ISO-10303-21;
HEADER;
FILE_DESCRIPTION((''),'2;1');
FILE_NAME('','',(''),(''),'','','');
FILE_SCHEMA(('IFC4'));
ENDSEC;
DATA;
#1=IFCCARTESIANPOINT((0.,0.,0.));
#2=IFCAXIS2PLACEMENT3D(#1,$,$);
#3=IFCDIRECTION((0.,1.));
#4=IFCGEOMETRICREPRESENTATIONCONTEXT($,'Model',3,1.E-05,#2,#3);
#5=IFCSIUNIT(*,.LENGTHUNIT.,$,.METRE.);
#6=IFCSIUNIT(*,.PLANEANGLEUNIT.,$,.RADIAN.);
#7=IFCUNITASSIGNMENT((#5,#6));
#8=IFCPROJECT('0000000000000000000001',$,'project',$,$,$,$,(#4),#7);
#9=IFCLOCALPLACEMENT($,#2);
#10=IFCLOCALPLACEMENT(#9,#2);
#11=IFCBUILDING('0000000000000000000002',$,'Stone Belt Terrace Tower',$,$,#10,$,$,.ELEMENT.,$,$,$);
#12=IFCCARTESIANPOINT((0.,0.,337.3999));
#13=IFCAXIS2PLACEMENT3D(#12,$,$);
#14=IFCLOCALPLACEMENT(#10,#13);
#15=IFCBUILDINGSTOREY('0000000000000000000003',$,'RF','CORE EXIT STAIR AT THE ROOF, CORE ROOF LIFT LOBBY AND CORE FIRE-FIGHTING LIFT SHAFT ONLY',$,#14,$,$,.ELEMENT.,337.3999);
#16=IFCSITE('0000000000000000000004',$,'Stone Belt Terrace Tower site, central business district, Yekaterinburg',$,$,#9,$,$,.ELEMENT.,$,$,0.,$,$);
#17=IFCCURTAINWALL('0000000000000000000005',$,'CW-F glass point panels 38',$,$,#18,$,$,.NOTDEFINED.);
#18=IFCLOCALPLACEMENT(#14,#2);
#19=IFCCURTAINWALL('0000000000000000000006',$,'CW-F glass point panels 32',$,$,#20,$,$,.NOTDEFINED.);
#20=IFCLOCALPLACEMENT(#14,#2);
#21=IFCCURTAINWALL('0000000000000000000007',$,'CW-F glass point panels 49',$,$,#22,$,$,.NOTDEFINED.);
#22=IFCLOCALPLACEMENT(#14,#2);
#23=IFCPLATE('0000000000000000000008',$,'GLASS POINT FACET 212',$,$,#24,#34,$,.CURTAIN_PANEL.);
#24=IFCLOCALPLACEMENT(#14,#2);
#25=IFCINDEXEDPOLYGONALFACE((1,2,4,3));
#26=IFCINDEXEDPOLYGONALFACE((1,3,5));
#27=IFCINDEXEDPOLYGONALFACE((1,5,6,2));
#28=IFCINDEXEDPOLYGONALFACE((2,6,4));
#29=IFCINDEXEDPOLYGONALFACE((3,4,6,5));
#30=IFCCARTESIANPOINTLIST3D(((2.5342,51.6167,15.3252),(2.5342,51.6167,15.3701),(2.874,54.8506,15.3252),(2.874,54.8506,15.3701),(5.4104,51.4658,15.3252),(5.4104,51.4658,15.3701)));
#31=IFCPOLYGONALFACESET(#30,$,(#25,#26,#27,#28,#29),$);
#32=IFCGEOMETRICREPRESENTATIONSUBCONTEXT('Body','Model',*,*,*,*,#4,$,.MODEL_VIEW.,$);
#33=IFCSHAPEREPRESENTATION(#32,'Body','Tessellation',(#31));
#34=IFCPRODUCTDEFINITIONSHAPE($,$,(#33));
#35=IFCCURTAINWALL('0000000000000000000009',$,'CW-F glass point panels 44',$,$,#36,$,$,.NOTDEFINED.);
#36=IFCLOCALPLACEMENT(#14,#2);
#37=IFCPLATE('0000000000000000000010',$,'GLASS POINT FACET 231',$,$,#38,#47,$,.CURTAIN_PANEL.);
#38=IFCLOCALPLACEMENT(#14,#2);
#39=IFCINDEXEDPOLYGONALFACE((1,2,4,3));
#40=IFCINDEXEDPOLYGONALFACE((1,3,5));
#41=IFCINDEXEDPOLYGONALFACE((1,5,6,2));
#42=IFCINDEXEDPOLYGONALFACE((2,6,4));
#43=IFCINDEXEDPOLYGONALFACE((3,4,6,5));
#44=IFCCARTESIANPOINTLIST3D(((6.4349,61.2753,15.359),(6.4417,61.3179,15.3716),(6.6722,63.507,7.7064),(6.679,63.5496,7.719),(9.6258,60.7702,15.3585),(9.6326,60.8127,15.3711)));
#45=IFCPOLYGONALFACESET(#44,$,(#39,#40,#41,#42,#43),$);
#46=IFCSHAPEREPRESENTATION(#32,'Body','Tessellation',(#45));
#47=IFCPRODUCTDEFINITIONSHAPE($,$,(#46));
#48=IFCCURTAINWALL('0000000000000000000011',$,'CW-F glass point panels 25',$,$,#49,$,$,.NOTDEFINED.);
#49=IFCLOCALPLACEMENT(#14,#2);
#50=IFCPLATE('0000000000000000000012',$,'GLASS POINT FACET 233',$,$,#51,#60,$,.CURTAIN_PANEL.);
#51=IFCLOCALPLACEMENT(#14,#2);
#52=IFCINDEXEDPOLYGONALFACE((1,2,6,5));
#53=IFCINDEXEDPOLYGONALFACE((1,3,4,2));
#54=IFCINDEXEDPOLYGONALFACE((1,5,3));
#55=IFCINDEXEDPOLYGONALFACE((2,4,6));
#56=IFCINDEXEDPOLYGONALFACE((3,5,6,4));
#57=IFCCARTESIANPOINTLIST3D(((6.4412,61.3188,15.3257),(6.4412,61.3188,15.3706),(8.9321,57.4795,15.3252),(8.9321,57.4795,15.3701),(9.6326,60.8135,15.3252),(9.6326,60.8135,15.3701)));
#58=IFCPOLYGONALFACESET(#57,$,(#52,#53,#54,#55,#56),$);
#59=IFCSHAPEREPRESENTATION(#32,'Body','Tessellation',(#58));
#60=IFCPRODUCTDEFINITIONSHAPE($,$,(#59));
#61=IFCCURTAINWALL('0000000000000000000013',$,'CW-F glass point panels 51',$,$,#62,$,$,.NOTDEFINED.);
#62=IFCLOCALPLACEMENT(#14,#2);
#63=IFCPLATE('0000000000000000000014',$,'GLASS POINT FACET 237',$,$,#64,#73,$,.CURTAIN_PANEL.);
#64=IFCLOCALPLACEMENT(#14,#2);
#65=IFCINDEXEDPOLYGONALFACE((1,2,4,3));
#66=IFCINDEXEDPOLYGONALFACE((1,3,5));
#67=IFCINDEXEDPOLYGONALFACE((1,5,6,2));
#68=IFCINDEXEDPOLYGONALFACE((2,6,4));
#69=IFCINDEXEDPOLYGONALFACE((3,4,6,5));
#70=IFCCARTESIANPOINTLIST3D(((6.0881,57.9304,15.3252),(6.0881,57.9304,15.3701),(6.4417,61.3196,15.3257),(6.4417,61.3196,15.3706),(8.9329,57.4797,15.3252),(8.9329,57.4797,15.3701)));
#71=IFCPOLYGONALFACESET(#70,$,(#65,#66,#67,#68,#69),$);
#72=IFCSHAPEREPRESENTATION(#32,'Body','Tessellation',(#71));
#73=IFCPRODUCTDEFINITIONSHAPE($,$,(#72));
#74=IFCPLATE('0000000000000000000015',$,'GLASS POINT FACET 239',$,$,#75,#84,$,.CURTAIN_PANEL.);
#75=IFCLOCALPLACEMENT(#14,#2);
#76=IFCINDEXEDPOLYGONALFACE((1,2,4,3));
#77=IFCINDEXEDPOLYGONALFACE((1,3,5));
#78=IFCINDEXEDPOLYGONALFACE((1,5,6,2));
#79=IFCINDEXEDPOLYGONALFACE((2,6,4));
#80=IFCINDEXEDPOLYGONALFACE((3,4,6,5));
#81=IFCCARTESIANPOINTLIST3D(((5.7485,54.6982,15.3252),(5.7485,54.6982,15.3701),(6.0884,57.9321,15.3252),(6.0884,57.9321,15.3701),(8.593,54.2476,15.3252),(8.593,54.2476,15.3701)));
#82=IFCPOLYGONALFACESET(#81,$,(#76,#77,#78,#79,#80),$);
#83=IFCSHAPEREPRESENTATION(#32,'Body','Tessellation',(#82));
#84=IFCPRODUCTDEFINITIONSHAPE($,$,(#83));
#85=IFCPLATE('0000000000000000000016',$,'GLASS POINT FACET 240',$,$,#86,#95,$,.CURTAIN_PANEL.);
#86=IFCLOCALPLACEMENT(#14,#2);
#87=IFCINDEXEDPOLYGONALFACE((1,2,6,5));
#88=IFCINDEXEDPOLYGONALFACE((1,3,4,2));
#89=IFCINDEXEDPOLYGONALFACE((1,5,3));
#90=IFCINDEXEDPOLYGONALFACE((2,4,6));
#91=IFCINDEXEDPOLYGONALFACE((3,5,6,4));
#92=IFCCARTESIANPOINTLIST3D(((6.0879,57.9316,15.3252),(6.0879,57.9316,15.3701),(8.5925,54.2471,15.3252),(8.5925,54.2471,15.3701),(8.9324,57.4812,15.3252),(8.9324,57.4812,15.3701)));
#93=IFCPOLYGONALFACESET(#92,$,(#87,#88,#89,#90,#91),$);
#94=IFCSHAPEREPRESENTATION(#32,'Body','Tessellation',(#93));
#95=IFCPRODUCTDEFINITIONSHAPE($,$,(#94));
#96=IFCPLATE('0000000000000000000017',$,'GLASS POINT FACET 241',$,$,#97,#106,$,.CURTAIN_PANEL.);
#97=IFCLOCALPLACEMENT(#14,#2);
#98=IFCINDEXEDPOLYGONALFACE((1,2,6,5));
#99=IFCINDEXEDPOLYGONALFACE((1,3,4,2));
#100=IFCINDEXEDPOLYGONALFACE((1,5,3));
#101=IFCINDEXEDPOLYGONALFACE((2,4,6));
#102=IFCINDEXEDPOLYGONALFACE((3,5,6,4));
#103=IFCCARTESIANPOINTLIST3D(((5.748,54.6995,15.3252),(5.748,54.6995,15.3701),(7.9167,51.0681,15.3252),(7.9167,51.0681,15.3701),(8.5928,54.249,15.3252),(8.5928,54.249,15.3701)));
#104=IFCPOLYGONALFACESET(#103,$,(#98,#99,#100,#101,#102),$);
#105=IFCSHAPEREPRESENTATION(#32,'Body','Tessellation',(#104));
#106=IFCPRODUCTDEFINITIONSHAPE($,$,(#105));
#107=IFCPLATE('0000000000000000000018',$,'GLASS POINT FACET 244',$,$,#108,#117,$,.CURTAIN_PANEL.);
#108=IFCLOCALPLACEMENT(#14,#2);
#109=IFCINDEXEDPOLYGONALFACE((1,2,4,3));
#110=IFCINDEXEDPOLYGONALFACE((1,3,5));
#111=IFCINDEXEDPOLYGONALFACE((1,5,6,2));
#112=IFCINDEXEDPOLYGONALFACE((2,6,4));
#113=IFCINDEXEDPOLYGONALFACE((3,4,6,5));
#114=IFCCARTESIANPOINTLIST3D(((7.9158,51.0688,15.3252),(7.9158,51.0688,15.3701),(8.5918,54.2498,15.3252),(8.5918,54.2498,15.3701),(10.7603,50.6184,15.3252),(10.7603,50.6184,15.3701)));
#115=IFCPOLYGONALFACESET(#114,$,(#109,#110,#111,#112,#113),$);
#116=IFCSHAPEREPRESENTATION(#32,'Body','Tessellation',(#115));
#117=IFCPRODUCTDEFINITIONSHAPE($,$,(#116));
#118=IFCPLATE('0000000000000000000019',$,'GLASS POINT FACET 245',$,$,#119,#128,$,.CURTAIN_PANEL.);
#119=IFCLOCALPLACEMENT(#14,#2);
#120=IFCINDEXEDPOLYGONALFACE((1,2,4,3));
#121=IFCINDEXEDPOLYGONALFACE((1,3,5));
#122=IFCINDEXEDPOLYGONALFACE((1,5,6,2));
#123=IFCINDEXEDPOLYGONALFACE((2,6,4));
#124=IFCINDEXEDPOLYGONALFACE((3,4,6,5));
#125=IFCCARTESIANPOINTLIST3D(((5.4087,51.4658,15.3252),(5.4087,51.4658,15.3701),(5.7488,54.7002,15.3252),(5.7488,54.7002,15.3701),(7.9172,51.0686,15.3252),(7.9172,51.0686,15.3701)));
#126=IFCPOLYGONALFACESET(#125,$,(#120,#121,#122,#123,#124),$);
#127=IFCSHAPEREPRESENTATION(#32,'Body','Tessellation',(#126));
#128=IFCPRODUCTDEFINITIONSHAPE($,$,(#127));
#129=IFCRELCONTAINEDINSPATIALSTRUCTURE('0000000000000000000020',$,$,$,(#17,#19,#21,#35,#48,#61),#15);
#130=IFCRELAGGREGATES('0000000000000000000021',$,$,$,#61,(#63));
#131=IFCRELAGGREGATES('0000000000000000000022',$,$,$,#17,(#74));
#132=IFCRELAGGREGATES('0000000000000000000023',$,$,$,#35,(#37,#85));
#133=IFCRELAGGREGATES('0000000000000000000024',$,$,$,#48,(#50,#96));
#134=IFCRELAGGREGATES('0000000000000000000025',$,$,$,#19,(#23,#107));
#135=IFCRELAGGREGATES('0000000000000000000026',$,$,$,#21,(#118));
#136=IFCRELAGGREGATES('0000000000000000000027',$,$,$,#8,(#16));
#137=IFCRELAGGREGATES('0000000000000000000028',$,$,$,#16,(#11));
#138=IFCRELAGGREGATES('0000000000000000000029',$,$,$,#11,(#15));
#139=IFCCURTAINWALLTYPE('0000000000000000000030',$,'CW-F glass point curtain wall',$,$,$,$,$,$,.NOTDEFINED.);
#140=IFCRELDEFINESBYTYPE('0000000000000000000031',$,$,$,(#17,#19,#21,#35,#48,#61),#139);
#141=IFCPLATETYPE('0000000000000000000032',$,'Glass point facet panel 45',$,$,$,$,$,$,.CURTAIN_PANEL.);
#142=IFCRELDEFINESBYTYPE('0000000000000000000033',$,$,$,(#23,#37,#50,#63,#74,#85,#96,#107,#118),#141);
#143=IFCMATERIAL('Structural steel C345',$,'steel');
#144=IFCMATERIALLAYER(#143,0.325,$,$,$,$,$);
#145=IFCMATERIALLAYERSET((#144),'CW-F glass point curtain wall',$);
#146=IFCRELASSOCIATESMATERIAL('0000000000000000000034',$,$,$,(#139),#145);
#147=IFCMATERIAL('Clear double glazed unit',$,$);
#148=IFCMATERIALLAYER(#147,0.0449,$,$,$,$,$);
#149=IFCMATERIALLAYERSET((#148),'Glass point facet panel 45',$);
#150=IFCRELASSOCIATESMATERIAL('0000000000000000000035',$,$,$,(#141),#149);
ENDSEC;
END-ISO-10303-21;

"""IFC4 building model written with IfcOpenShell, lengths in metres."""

from ifc_helpers import new_model, si_unit, direction, frame, origin, place, context, subcontext, project, spatial, polyline, outline, extrude, material, layer, layer_set, type_object, element, aggregate, save


model = new_model("IFC4")

# Units and contexts
model_context = context("Model", 3, precision=1e-05, world=origin(), true_north=direction((0.0, 1.0)))
body_context = subcontext(model_context, "Body", "Model", "MODEL_VIEW")
ifc_project = project(units=[si_unit("LENGTHUNIT", "METRE"), si_unit("PLANEANGLEUNIT", "RADIAN")], contexts=[model_context])

# Site, building, storey
site_placement = place(None, origin())
site = spatial("IfcSite", under=ifc_project, at=site_placement, Name="Stone Belt Terrace Tower site, central business district, Yekaterinburg", CompositionType="ELEMENT", RefElevation=0.0)
building_placement = place(site_placement, origin())
building = spatial("IfcBuilding", under=site, at=building_placement, Name="Stone Belt Terrace Tower", CompositionType="ELEMENT")
storey_placement = place(building_placement, frame((0.0, 0.0, 337.3999)))
storey = spatial("IfcBuildingStorey", under=building, at=storey_placement, Name="RF", Description="CORE EXIT STAIR AT THE ROOF, CORE ROOF LIFT LOBBY AND CORE FIRE-FIGHTING LIFT SHAFT ONLY", CompositionType="ELEMENT", Elevation=337.3999)

# Shared definitions
ifc_material_1 = material(Name="Structural steel C345", Category="steel")

# Curtain wall
ifc_layer_1 = layer(ifc_material_1, 0.325)
ifc_layer_set_1 = layer_set([ifc_layer_1], Name="CW-F glass point curtain wall")
curtain_wall_type = type_object("IfcCurtainWallType", Name="CW-F glass point curtain wall", PredefinedType="NOTDEFINED", material=ifc_layer_set_1)
ifc_material_2 = material(Name="Clear double glazed unit")
ifc_layer_2 = layer(ifc_material_2, 0.0449)
ifc_layer_set_2 = layer_set([ifc_layer_2], Name="Glass point facet panel 45")
plate_type = type_object("IfcPlateType", Name="Glass point facet panel 45", PredefinedType="CURTAIN_PANEL", material=ifc_layer_set_2)
curtain_wall_1_placement = place(storey_placement, origin())
curtain_wall_1 = element("IfcCurtainWall", 1, at=curtain_wall_1_placement, inside=storey, type_object=curtain_wall_type, Name="CW-F glass point panels 38", PredefinedType="NOTDEFINED")

# Curtain wall
curtain_wall_2_placement = place(storey_placement, origin())
curtain_wall_2 = element("IfcCurtainWall", 2, at=curtain_wall_2_placement, inside=storey, type_object=curtain_wall_type, Name="CW-F glass point panels 32", PredefinedType="NOTDEFINED")

# Curtain wall
curtain_wall_3_placement = place(storey_placement, origin())
curtain_wall_3 = element("IfcCurtainWall", 3, at=curtain_wall_3_placement, inside=storey, type_object=curtain_wall_type, Name="CW-F glass point panels 49", PredefinedType="NOTDEFINED")

# Plate
plate_1_placement = place(storey_placement, frame((2.874, 54.8506, 15.3701), z_axis=(0.0, 0.0, 1.0), x_axis=(0.599667, -0.800249, 0.0)))
plate_1 = element("IfcPlate", 4, at=plate_1_placement, type_object=plate_type, Name="GLASS POINT FACET 212", PredefinedType="CURTAIN_PANEL", context=body_context, shape_type="SweptSolid", body=[
    extrude(outline(polyline([(0.0, 0.0), (4.2296, 0.0), (2.3841, -2.2112), (0.0, 0.0)])), origin(), (0.0, 0.0, -1.0), 0.0449),
])

# Curtain walls, plates
curtain_wall_4_placement = place(storey_placement, origin())
curtain_wall_4 = element("IfcCurtainWall", 5, at=curtain_wall_4_placement, inside=storey, type_object=curtain_wall_type, Name="CW-F glass point panels 44", PredefinedType="NOTDEFINED")
plate_2_placement = place(storey_placement, frame((6.4417, 61.3179, 15.3716), z_axis=(0.150093, 0.947875, 0.281079), x_axis=(0.029756, 0.27984, -0.959586)))
plate_2 = element("IfcPlate", 6, at=plate_2_placement, type_object=plate_type, Name="GLASS POINT FACET 231", PredefinedType="CURTAIN_PANEL", context=body_context, shape_type="SweptSolid", body=[
    extrude(outline(polyline([(0.0, 0.0), (7.9749, 0.0), (-0.0459, -3.2303), (0.0, 0.0)])), origin(), (0.0, 0.0, -1.0), 0.0449),
])
curtain_wall_5_placement = place(storey_placement, origin())
curtain_wall_5 = element("IfcCurtainWall", 7, at=curtain_wall_5_placement, inside=storey, type_object=curtain_wall_type, Name="CW-F glass point panels 25", PredefinedType="NOTDEFINED")
plate_3_placement = place(storey_placement, frame((6.4412, 61.3188, 15.3706), z_axis=(0.000148, -0.000031, 1.0), x_axis=(0.987693, -0.156405, -0.000151)))
plate_3 = element("IfcPlate", 8, at=plate_3_placement, type_object=plate_type, Name="GLASS POINT FACET 233", PredefinedType="CURTAIN_PANEL", context=body_context, shape_type="SweptSolid", body=[
    extrude(outline(polyline([(0.0, 0.0), (3.2312, 0.0), (3.0608, -3.4025), (0.0, 0.0)])), origin(), (0.0, 0.0, -1.0), 0.0449),
])
curtain_wall_6_placement = place(storey_placement, origin())
curtain_wall_6 = element("IfcCurtainWall", 9, at=curtain_wall_6_placement, inside=storey, type_object=curtain_wall_type, Name="CW-F glass point panels 51", PredefinedType="NOTDEFINED")
plate_4_placement = place(storey_placement, frame((6.4417, 61.3196, 15.3706), z_axis=(-0.000022, -0.000142, 1.0), x_axis=(0.544268, -0.838911, -0.000107)))
plate_4 = element("IfcPlate", 10, at=plate_4_placement, type_object=plate_type, Name="GLASS POINT FACET 237", PredefinedType="CURTAIN_PANEL", context=body_context, shape_type="SweptSolid", body=[
    extrude(outline(polyline([(0.0, 0.0), (4.5772, 0.0), (2.6508, -2.1412), (0.0, 0.0)])), origin(), (0.0, 0.0, -1.0), 0.0449),
])
aggregate(curtain_wall_6, [plate_4])

# Plates
plate_5_placement = place(storey_placement, frame((5.7485, 54.6982, 15.3701), z_axis=(0.0, 0.0, 1.0), x_axis=(0.104513, 0.994524, 0.0)))
plate_5 = element("IfcPlate", 11, at=plate_5_placement, type_object=plate_type, Name="GLASS POINT FACET 239", PredefinedType="CURTAIN_PANEL", context=body_context, shape_type="SweptSolid", body=[
    extrude(outline(polyline([(0.0, 0.0), (3.2517, 0.0), (-0.1509, -2.876), (0.0, 0.0)])), origin(), (0.0, 0.0, -1.0), 0.0449),
])
aggregate(curtain_wall_1, [plate_5])
plate_6_placement = place(storey_placement, frame((8.9324, 57.4812, 15.3701), z_axis=(0.0, 0.0, 1.0), x_axis=(-0.104505, -0.994524, 0.0)))
plate_6 = element("IfcPlate", 12, at=plate_6_placement, type_object=plate_type, Name="GLASS POINT FACET 240", PredefinedType="CURTAIN_PANEL", context=body_context, shape_type="SweptSolid", body=[
    extrude(outline(polyline([(0.0, 0.0), (3.2519, 0.0), (-0.1507, -2.876), (0.0, 0.0)])), origin(), (0.0, 0.0, -1.0), 0.0449),
])
aggregate(curtain_wall_4, [plate_2, plate_6])
plate_7_placement = place(storey_placement, frame((5.748, 54.6995, 15.3701), z_axis=(0.0, 0.0, 1.0), x_axis=(0.987695, -0.156393, 0.0)))
plate_7 = element("IfcPlate", 13, at=plate_7_placement, type_object=plate_type, Name="GLASS POINT FACET 241", PredefinedType="CURTAIN_PANEL", context=body_context, shape_type="SweptSolid", body=[
    extrude(outline(polyline([(0.0, 0.0), (2.8802, 0.0), (2.7099, -3.2475), (0.0, 0.0)])), origin(), (0.0, 0.0, -1.0), 0.0449),
])
aggregate(curtain_wall_5, [plate_3, plate_7])
plate_8_placement = place(storey_placement, frame((8.5918, 54.2498, 15.3701), z_axis=(0.0, 0.0, 1.0), x_axis=(0.512695, -0.858571, 0.0)))
plate_8 = element("IfcPlate", 14, at=plate_8_placement, type_object=plate_type, Name="GLASS POINT FACET 244", PredefinedType="CURTAIN_PANEL", context=body_context, shape_type="SweptSolid", body=[
    extrude(outline(polyline([(0.0, 0.0), (4.2295, 0.0), (2.3844, -2.2113), (0.0, 0.0)])), origin(), (0.0, 0.0, -1.0), 0.0449),
])
aggregate(curtain_wall_2, [plate_1, plate_8])
plate_9_placement = place(storey_placement, frame((5.7488, 54.7002, 15.3701), z_axis=(0.0, 0.0, 1.0), x_axis=(0.51267, -0.858586, 0.0)))
plate_9 = element("IfcPlate", 15, at=plate_9_placement, type_object=plate_type, Name="GLASS POINT FACET 245", PredefinedType="CURTAIN_PANEL", context=body_context, shape_type="SweptSolid", body=[
    extrude(outline(polyline([(0.0, 0.0), (4.2297, 0.0), (2.6026, -1.9502), (0.0, 0.0)])), origin(), (0.0, 0.0, -1.0), 0.0449),
])
aggregate(curtain_wall_3, [plate_9])

save(model, "model.ifc")
